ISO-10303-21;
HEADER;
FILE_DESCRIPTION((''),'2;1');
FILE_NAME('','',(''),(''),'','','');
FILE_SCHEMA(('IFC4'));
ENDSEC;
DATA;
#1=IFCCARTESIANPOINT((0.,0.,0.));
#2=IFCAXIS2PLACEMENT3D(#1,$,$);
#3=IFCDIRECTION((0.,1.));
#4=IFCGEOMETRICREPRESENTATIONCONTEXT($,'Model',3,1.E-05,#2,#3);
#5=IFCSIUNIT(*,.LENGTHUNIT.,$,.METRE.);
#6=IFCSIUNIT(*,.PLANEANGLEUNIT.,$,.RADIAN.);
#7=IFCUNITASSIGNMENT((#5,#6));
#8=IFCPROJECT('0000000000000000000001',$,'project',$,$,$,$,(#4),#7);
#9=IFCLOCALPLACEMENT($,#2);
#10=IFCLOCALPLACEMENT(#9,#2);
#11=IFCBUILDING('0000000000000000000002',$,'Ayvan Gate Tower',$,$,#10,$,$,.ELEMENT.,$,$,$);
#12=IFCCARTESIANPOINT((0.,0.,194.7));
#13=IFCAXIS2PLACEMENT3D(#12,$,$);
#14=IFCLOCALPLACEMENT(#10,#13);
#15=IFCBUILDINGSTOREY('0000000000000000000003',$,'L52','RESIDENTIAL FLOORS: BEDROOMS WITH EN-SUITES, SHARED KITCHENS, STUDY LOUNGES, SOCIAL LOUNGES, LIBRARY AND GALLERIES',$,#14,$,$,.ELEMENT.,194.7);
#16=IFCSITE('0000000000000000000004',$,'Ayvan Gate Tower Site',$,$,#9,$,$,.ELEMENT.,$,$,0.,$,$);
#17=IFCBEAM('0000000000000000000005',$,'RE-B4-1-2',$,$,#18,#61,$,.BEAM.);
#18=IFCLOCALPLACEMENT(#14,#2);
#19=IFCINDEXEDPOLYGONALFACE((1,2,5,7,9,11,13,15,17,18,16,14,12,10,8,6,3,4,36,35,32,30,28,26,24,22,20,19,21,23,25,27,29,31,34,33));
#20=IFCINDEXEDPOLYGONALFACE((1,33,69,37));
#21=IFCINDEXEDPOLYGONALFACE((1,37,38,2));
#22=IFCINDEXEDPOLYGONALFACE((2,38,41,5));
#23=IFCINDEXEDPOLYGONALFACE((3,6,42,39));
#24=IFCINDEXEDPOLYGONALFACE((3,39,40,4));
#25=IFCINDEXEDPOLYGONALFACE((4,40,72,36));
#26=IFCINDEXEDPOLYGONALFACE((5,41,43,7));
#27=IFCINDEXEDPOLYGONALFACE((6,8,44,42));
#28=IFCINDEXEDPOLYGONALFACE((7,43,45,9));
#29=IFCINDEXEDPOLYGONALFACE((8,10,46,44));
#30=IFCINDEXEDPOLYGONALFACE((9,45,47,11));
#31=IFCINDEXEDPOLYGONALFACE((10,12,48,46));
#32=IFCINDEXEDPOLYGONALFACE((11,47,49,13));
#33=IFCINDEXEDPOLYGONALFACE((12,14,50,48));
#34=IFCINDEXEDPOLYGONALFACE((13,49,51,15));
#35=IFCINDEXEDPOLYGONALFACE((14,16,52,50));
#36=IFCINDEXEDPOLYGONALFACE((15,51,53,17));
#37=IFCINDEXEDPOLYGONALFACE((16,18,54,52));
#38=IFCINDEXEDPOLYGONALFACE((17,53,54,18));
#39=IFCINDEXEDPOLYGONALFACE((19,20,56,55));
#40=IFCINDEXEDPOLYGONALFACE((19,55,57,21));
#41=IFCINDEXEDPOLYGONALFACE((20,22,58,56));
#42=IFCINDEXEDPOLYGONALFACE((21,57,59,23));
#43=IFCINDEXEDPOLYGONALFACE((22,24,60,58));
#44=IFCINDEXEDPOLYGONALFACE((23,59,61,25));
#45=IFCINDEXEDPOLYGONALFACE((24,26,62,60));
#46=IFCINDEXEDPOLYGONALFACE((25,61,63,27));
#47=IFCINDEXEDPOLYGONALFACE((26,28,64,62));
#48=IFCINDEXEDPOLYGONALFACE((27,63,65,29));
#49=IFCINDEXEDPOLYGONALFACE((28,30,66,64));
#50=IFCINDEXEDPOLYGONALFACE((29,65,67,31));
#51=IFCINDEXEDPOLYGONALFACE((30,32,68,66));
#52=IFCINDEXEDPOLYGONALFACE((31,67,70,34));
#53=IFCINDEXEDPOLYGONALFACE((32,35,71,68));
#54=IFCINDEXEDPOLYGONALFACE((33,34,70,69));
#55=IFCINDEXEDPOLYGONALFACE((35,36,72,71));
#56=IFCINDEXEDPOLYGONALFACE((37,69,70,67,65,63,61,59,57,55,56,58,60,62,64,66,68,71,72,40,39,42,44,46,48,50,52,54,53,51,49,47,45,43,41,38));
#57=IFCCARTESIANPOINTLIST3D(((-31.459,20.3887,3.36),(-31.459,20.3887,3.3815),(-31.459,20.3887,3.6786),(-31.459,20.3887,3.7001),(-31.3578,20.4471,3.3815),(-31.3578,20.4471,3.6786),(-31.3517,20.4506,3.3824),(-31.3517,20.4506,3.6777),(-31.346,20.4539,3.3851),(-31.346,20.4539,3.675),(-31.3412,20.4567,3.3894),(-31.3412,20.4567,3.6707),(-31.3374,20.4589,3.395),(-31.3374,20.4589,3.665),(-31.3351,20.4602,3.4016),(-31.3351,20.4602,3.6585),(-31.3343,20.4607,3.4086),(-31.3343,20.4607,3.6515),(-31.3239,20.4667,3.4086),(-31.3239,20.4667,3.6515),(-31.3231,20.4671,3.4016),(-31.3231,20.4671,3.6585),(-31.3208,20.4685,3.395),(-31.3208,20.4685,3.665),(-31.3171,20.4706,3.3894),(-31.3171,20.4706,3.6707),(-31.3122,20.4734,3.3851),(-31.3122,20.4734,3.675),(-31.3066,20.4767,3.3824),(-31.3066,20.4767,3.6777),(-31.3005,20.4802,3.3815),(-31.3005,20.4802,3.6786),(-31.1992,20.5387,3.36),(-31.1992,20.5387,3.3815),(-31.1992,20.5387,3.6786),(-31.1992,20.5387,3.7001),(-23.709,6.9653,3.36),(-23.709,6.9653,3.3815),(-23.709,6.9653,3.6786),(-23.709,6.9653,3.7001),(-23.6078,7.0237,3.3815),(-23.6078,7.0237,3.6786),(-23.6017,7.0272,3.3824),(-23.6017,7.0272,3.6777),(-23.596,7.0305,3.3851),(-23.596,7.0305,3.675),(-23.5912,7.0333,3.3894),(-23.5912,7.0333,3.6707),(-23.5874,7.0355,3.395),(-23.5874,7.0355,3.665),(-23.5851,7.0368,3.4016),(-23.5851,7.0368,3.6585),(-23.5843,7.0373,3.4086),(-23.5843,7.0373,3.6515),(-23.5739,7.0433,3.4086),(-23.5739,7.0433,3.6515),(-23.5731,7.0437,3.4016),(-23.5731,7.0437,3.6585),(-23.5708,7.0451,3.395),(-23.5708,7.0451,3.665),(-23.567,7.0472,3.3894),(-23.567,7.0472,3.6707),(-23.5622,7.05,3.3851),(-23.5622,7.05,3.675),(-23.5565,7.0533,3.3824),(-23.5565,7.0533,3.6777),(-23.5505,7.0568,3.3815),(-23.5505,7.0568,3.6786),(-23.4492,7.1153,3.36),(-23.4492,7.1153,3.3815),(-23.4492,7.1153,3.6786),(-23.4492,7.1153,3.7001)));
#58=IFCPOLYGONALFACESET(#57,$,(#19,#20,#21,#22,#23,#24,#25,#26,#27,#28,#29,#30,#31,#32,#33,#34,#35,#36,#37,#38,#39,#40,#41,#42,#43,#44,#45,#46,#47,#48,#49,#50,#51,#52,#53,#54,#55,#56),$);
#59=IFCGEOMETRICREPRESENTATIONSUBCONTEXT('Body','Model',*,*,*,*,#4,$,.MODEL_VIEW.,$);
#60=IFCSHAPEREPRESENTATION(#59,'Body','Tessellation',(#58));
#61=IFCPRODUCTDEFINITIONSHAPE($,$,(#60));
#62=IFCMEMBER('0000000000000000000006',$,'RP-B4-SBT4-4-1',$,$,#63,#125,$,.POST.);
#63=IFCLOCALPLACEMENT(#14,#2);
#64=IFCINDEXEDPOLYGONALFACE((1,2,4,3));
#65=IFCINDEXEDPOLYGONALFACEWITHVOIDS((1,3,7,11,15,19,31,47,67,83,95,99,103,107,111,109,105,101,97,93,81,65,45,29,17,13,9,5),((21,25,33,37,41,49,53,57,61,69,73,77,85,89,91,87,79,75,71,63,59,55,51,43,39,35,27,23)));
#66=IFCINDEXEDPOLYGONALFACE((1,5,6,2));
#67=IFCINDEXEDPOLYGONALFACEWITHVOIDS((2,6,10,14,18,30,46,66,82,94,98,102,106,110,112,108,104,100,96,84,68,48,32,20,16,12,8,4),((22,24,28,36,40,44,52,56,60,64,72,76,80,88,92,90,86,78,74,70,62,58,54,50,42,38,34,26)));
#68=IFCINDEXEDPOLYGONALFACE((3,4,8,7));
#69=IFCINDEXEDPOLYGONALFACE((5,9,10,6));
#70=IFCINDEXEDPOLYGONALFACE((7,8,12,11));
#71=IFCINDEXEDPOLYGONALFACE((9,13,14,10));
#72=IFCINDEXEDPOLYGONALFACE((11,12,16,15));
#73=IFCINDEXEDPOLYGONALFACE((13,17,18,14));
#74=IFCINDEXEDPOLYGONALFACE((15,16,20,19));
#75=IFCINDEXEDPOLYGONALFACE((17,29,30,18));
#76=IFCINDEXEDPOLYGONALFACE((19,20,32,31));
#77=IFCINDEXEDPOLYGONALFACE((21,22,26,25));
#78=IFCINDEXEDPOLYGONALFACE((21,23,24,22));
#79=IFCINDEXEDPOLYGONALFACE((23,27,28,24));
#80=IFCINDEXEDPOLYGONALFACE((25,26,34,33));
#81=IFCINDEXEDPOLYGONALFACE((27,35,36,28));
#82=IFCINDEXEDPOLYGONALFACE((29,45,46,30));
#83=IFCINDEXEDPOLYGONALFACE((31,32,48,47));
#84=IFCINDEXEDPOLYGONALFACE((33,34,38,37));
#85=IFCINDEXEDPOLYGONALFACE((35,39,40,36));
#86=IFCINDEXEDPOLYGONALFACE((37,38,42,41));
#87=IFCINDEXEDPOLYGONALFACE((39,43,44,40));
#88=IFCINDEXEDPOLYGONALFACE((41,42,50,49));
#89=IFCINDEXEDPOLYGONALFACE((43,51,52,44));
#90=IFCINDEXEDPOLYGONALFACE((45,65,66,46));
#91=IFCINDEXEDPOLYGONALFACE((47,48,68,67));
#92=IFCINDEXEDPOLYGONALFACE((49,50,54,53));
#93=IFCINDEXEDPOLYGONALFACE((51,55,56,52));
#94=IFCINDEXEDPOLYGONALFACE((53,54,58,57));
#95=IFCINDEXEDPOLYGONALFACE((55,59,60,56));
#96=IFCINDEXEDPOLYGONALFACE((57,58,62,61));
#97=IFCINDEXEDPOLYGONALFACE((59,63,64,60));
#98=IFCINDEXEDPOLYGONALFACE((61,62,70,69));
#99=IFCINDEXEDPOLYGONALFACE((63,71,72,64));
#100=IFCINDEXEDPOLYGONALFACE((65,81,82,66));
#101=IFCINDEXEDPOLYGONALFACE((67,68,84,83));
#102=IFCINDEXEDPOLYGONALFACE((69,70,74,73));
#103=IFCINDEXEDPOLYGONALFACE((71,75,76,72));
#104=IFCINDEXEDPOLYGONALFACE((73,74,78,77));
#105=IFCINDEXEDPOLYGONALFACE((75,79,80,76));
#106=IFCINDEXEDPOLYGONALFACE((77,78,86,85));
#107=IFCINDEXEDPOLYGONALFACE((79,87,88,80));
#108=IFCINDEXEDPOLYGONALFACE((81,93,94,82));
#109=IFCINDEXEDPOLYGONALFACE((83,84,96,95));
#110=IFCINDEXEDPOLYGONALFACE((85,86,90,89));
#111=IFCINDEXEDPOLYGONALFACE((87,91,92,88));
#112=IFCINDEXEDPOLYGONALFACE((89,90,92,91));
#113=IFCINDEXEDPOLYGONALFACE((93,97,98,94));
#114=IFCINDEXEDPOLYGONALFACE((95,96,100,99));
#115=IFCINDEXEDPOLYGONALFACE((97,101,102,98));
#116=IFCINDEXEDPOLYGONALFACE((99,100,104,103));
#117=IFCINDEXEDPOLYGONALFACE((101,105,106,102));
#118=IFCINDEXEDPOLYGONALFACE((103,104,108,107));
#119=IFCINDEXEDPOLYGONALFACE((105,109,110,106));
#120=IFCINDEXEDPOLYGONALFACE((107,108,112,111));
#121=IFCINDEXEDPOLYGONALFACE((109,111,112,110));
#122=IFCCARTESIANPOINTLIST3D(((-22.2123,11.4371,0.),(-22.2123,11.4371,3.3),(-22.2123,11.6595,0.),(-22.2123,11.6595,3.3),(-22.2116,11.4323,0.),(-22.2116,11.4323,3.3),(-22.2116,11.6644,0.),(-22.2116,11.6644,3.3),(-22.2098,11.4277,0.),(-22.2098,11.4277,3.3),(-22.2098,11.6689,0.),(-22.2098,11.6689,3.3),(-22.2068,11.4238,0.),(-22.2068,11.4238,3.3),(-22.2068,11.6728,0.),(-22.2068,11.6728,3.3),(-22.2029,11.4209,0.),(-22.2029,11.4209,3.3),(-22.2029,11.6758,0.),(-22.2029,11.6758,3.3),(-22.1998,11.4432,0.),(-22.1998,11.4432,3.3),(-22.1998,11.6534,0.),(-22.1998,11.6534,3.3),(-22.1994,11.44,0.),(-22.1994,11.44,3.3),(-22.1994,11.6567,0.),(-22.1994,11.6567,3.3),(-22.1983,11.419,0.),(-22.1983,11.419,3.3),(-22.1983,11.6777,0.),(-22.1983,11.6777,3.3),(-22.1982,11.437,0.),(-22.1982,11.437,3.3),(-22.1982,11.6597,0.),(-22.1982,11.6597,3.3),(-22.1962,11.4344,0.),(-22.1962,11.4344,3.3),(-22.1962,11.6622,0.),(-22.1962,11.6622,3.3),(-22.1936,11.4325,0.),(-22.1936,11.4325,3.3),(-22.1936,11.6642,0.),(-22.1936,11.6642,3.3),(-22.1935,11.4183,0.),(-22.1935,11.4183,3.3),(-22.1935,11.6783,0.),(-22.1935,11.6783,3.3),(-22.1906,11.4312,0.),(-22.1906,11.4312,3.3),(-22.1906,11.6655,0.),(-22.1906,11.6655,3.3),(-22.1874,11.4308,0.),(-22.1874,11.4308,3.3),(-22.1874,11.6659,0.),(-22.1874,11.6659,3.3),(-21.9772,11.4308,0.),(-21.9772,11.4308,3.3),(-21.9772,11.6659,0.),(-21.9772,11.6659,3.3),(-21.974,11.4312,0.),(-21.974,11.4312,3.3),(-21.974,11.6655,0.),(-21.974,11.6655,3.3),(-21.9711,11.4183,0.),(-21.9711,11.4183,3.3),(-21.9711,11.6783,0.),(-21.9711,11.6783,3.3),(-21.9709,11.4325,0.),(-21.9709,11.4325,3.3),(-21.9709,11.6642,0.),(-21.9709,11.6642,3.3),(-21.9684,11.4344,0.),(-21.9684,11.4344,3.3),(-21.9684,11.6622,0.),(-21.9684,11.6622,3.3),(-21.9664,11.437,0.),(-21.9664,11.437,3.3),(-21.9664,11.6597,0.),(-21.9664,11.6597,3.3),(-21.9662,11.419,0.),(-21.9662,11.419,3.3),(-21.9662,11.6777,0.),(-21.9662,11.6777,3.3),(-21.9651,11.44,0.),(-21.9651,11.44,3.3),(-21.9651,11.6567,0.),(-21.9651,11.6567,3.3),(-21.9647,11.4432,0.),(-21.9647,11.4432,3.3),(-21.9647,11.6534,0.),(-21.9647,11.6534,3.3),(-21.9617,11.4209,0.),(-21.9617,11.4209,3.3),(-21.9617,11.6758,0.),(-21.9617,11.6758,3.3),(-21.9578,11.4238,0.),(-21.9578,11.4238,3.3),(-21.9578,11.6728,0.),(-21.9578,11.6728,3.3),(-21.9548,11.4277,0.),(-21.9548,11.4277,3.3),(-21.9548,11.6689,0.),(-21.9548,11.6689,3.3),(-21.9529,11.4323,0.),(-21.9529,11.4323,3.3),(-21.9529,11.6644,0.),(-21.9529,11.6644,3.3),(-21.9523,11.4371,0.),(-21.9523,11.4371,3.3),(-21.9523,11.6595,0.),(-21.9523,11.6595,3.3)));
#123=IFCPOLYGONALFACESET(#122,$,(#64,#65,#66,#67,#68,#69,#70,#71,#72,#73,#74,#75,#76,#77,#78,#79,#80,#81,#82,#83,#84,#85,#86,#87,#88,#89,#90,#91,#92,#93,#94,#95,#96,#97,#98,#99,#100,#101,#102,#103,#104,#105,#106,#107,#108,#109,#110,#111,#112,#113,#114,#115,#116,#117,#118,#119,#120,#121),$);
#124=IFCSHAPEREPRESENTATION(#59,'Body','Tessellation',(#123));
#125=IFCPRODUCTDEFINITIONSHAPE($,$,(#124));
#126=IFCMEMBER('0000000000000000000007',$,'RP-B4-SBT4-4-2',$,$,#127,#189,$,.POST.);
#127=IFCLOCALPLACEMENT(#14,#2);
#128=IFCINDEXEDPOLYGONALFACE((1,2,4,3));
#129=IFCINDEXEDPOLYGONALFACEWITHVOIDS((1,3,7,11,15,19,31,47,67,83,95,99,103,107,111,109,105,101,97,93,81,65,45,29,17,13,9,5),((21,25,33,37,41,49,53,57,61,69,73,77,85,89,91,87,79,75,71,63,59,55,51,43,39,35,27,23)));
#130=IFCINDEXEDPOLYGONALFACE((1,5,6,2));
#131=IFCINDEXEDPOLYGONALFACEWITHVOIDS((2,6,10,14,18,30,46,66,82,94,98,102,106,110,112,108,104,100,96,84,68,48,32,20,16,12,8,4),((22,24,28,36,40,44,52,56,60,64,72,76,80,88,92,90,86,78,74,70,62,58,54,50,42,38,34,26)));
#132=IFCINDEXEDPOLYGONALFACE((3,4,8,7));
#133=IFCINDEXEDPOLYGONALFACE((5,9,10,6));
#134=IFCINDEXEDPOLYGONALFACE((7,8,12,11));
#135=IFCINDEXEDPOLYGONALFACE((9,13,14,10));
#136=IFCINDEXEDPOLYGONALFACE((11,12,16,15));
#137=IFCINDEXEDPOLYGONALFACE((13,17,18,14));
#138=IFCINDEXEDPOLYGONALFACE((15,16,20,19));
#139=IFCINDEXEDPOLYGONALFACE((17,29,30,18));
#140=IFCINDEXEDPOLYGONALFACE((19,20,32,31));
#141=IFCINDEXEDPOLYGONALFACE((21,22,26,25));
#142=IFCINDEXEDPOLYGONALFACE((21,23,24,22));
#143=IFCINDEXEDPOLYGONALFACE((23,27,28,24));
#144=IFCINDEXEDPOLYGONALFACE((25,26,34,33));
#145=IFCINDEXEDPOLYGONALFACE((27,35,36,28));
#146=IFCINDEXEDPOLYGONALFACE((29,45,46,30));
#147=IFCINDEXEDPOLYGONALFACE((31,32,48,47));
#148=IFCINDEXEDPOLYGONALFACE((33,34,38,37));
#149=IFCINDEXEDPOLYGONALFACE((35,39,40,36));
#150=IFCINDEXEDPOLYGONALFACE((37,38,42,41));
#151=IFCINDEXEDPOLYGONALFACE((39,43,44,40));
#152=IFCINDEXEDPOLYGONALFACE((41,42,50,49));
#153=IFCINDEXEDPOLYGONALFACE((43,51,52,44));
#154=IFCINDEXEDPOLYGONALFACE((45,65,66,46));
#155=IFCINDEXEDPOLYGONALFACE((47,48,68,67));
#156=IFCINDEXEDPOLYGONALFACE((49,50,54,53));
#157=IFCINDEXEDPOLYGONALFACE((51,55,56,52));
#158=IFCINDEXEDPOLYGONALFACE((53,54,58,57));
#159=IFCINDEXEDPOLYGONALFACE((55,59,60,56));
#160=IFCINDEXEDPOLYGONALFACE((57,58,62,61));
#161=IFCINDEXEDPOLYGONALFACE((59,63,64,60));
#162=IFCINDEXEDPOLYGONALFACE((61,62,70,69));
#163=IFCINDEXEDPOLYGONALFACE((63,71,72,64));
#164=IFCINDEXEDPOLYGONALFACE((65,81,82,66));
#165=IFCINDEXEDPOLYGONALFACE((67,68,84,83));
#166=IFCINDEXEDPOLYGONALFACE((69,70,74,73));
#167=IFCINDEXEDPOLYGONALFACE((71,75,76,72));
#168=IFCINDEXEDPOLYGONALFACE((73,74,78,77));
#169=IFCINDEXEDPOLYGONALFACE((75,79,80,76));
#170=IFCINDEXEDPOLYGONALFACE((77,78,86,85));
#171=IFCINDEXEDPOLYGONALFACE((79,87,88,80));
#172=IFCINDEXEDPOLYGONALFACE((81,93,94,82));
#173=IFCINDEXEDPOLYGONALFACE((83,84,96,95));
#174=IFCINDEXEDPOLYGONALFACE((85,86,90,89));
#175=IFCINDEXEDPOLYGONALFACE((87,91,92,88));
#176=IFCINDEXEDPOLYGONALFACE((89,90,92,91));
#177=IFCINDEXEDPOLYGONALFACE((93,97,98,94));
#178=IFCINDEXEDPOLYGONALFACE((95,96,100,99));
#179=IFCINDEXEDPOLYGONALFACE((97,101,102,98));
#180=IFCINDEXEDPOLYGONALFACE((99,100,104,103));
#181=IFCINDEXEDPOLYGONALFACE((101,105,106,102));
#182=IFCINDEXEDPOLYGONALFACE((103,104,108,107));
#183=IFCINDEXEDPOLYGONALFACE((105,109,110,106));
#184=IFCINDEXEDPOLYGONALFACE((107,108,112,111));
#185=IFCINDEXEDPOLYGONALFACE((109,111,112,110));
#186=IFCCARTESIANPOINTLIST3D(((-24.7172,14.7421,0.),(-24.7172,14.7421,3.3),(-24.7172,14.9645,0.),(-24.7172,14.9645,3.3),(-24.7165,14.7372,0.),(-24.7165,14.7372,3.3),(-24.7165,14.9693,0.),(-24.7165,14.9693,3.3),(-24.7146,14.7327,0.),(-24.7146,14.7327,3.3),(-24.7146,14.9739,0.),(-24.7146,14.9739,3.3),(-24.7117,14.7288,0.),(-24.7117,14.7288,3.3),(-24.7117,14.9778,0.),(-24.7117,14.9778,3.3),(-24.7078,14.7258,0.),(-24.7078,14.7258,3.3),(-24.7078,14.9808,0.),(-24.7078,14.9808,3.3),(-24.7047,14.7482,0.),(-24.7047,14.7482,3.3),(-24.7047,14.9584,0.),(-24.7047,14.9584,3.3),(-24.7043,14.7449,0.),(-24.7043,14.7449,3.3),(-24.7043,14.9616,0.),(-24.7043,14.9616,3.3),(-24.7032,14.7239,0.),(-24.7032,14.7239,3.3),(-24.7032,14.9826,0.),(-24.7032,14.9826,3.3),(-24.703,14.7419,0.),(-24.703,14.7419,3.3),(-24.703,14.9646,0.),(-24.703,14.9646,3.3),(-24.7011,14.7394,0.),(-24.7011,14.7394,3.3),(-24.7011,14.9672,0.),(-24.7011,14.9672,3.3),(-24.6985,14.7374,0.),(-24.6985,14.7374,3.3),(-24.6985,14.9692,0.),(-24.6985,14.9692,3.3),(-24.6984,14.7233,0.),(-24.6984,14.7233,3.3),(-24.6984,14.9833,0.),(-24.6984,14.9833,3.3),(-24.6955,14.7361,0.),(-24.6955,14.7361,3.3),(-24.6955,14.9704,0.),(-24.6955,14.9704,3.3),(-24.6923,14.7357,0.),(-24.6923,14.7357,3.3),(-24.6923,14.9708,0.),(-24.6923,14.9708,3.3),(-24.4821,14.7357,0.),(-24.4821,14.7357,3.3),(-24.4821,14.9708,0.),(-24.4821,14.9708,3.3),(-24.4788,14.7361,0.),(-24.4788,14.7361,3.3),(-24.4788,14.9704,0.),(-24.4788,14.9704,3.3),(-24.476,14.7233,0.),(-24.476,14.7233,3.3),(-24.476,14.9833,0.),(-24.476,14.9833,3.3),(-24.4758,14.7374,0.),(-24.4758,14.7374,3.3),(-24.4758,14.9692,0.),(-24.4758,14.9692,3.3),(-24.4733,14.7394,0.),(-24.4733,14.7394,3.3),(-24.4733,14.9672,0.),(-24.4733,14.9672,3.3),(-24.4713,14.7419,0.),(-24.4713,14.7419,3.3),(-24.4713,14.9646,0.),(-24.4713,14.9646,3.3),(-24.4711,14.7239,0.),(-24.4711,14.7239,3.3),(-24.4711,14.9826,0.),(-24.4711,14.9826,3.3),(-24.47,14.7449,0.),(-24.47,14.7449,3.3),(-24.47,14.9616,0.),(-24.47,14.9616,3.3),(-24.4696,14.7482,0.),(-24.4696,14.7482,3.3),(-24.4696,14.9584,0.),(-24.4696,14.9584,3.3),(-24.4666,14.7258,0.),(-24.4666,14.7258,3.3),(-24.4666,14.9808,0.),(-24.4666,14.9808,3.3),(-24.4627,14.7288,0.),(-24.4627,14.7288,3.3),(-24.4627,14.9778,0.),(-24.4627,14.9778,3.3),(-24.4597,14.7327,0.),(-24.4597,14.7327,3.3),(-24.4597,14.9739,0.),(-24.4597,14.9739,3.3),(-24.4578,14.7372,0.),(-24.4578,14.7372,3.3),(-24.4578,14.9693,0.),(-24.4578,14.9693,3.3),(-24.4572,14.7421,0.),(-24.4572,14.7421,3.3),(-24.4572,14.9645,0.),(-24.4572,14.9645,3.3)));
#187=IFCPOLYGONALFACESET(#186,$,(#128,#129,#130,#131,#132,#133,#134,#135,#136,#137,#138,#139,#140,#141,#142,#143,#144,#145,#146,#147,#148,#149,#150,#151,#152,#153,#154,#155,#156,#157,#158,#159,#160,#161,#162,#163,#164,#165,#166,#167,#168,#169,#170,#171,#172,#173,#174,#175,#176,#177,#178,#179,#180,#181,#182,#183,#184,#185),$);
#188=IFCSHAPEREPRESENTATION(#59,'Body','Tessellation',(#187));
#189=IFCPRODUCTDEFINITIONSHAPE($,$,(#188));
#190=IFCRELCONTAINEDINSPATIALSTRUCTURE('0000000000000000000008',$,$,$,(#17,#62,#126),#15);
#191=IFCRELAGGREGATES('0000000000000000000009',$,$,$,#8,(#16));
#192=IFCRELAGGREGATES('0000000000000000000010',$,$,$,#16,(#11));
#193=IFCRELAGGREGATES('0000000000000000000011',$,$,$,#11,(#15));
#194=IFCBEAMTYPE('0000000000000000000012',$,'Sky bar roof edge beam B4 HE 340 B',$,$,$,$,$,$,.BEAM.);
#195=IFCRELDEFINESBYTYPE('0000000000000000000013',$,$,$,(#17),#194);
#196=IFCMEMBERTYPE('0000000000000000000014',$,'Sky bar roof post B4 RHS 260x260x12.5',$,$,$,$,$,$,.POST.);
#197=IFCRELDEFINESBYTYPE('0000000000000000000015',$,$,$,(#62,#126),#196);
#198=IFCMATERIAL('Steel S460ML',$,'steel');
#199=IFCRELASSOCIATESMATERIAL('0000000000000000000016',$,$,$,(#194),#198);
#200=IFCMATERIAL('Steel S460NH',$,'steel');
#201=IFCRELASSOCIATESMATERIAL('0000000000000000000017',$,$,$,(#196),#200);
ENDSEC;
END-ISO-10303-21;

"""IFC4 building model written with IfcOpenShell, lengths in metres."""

from ifc_helpers import new_model, si_unit, direction, frame, origin, origin_2d, place, context, subcontext, project, spatial, hollow_rectangle, i_section, extrude, material, material_profile, profile_set, type_object, element, save


model = new_model("IFC4")

# Units and contexts
model_context = context("Model", 3, precision=1e-05, world=origin(), true_north=direction((0.0, 1.0)))
body_context = subcontext(model_context, "Body", "Model", "MODEL_VIEW")
ifc_project = project(units=[si_unit("LENGTHUNIT", "METRE"), si_unit("PLANEANGLEUNIT", "RADIAN")], contexts=[model_context])

# Site, building, storey
site_placement = place(None, origin())
site = spatial("IfcSite", under=ifc_project, at=site_placement, Name="Ayvan Gate Tower Site", CompositionType="ELEMENT", RefElevation=0.0)
building_placement = place(site_placement, origin())
building = spatial("IfcBuilding", under=site, at=building_placement, Name="Ayvan Gate Tower", CompositionType="ELEMENT")
storey_placement = place(building_placement, frame((0.0, 0.0, 194.7)))
storey = spatial("IfcBuildingStorey", under=building, at=storey_placement, Name="L52", Description="RESIDENTIAL FLOORS: BEDROOMS WITH EN-SUITES, SHARED KITCHENS, STUDY LOUNGES, SOCIAL LOUNGES, LIBRARY AND GALLERIES", CompositionType="ELEMENT", Elevation=194.7)

# Beam
ifc_material_1 = material(Name="Steel S460ML", Category="steel")
ifc_material_profile_1 = material_profile(ifc_material_1, i_section(OverallWidth=0.3, OverallDepth=0.3401, WebThickness=0.012, FlangeThickness=0.0215, FilletRadius=0.0271, at=origin_2d()), Name="HE 340 B")
ifc_profile_set_1 = profile_set([ifc_material_profile_1], Name="Steel S460ML")
beam_type_1 = type_object("IfcBeamType", Name="Sky bar roof edge beam B4 HE 340 B", PredefinedType="BEAM", material=ifc_profile_set_1)
beam_1_placement = place(storey_placement, frame((-23.5791, 7.0403, 3.53), z_axis=(-0.500002, 0.866025, 0.0), x_axis=(-0.866025, -0.500002, 0.0)))
element("IfcBeam", 1, at=beam_1_placement, inside=storey, type_object=beam_type_1, Name="RE-B4-1-2", PredefinedType="BEAM", context=body_context, shape_type="SweptSolid", body=[
    extrude(i_section(OverallWidth=0.3, OverallDepth=0.3401, WebThickness=0.012, FlangeThickness=0.0215, FilletRadius=0.0271, at=origin_2d()), origin(), (0.0, 0.0, 1.0), 15.5),
])

# Members
ifc_material_2 = material(Name="Steel S460NH", Category="steel")
ifc_material_profile_2 = material_profile(ifc_material_2, hollow_rectangle(XDim=0.26, YDim=0.26, WallThickness=0.0125, InnerFilletRadius=0.0125, OuterFilletRadius=0.0188, at=origin_2d()), Name="RHS 260x260x12.5")
ifc_profile_set_2 = profile_set([ifc_material_profile_2], Name="Steel S460NH")
member_type_1 = type_object("IfcMemberType", Name="Sky bar roof post B4 RHS 260x260x12.5", PredefinedType="POST", material=ifc_profile_set_2)
for number, where, z_axis, x_axis, name in (
    (2, (-22.0823, 11.5483, 0.0), (0.0, 0.0, 1.0), (1.0, 0.0, 0.0), "RP-B4-SBT4-4-1"),
    (3, (-24.5872, 14.8533, 0.0), (0.0, 0.0, 1.0), (1.0, 0.0, 0.0), "RP-B4-SBT4-4-2"),
):
    element("IfcMember", number, at=place(storey_placement, frame(where, z_axis=z_axis, x_axis=x_axis)), inside=storey, type_object=member_type_1, Name=name, PredefinedType="POST", context=body_context, shape_type="SweptSolid", body=[
        extrude(hollow_rectangle(XDim=0.26, YDim=0.26, WallThickness=0.0125, InnerFilletRadius=0.0125, OuterFilletRadius=0.0188, at=origin_2d()), origin(), (0.0, 0.0, 1.0), 3.3),
    ])

save(model, "model.ifc")
